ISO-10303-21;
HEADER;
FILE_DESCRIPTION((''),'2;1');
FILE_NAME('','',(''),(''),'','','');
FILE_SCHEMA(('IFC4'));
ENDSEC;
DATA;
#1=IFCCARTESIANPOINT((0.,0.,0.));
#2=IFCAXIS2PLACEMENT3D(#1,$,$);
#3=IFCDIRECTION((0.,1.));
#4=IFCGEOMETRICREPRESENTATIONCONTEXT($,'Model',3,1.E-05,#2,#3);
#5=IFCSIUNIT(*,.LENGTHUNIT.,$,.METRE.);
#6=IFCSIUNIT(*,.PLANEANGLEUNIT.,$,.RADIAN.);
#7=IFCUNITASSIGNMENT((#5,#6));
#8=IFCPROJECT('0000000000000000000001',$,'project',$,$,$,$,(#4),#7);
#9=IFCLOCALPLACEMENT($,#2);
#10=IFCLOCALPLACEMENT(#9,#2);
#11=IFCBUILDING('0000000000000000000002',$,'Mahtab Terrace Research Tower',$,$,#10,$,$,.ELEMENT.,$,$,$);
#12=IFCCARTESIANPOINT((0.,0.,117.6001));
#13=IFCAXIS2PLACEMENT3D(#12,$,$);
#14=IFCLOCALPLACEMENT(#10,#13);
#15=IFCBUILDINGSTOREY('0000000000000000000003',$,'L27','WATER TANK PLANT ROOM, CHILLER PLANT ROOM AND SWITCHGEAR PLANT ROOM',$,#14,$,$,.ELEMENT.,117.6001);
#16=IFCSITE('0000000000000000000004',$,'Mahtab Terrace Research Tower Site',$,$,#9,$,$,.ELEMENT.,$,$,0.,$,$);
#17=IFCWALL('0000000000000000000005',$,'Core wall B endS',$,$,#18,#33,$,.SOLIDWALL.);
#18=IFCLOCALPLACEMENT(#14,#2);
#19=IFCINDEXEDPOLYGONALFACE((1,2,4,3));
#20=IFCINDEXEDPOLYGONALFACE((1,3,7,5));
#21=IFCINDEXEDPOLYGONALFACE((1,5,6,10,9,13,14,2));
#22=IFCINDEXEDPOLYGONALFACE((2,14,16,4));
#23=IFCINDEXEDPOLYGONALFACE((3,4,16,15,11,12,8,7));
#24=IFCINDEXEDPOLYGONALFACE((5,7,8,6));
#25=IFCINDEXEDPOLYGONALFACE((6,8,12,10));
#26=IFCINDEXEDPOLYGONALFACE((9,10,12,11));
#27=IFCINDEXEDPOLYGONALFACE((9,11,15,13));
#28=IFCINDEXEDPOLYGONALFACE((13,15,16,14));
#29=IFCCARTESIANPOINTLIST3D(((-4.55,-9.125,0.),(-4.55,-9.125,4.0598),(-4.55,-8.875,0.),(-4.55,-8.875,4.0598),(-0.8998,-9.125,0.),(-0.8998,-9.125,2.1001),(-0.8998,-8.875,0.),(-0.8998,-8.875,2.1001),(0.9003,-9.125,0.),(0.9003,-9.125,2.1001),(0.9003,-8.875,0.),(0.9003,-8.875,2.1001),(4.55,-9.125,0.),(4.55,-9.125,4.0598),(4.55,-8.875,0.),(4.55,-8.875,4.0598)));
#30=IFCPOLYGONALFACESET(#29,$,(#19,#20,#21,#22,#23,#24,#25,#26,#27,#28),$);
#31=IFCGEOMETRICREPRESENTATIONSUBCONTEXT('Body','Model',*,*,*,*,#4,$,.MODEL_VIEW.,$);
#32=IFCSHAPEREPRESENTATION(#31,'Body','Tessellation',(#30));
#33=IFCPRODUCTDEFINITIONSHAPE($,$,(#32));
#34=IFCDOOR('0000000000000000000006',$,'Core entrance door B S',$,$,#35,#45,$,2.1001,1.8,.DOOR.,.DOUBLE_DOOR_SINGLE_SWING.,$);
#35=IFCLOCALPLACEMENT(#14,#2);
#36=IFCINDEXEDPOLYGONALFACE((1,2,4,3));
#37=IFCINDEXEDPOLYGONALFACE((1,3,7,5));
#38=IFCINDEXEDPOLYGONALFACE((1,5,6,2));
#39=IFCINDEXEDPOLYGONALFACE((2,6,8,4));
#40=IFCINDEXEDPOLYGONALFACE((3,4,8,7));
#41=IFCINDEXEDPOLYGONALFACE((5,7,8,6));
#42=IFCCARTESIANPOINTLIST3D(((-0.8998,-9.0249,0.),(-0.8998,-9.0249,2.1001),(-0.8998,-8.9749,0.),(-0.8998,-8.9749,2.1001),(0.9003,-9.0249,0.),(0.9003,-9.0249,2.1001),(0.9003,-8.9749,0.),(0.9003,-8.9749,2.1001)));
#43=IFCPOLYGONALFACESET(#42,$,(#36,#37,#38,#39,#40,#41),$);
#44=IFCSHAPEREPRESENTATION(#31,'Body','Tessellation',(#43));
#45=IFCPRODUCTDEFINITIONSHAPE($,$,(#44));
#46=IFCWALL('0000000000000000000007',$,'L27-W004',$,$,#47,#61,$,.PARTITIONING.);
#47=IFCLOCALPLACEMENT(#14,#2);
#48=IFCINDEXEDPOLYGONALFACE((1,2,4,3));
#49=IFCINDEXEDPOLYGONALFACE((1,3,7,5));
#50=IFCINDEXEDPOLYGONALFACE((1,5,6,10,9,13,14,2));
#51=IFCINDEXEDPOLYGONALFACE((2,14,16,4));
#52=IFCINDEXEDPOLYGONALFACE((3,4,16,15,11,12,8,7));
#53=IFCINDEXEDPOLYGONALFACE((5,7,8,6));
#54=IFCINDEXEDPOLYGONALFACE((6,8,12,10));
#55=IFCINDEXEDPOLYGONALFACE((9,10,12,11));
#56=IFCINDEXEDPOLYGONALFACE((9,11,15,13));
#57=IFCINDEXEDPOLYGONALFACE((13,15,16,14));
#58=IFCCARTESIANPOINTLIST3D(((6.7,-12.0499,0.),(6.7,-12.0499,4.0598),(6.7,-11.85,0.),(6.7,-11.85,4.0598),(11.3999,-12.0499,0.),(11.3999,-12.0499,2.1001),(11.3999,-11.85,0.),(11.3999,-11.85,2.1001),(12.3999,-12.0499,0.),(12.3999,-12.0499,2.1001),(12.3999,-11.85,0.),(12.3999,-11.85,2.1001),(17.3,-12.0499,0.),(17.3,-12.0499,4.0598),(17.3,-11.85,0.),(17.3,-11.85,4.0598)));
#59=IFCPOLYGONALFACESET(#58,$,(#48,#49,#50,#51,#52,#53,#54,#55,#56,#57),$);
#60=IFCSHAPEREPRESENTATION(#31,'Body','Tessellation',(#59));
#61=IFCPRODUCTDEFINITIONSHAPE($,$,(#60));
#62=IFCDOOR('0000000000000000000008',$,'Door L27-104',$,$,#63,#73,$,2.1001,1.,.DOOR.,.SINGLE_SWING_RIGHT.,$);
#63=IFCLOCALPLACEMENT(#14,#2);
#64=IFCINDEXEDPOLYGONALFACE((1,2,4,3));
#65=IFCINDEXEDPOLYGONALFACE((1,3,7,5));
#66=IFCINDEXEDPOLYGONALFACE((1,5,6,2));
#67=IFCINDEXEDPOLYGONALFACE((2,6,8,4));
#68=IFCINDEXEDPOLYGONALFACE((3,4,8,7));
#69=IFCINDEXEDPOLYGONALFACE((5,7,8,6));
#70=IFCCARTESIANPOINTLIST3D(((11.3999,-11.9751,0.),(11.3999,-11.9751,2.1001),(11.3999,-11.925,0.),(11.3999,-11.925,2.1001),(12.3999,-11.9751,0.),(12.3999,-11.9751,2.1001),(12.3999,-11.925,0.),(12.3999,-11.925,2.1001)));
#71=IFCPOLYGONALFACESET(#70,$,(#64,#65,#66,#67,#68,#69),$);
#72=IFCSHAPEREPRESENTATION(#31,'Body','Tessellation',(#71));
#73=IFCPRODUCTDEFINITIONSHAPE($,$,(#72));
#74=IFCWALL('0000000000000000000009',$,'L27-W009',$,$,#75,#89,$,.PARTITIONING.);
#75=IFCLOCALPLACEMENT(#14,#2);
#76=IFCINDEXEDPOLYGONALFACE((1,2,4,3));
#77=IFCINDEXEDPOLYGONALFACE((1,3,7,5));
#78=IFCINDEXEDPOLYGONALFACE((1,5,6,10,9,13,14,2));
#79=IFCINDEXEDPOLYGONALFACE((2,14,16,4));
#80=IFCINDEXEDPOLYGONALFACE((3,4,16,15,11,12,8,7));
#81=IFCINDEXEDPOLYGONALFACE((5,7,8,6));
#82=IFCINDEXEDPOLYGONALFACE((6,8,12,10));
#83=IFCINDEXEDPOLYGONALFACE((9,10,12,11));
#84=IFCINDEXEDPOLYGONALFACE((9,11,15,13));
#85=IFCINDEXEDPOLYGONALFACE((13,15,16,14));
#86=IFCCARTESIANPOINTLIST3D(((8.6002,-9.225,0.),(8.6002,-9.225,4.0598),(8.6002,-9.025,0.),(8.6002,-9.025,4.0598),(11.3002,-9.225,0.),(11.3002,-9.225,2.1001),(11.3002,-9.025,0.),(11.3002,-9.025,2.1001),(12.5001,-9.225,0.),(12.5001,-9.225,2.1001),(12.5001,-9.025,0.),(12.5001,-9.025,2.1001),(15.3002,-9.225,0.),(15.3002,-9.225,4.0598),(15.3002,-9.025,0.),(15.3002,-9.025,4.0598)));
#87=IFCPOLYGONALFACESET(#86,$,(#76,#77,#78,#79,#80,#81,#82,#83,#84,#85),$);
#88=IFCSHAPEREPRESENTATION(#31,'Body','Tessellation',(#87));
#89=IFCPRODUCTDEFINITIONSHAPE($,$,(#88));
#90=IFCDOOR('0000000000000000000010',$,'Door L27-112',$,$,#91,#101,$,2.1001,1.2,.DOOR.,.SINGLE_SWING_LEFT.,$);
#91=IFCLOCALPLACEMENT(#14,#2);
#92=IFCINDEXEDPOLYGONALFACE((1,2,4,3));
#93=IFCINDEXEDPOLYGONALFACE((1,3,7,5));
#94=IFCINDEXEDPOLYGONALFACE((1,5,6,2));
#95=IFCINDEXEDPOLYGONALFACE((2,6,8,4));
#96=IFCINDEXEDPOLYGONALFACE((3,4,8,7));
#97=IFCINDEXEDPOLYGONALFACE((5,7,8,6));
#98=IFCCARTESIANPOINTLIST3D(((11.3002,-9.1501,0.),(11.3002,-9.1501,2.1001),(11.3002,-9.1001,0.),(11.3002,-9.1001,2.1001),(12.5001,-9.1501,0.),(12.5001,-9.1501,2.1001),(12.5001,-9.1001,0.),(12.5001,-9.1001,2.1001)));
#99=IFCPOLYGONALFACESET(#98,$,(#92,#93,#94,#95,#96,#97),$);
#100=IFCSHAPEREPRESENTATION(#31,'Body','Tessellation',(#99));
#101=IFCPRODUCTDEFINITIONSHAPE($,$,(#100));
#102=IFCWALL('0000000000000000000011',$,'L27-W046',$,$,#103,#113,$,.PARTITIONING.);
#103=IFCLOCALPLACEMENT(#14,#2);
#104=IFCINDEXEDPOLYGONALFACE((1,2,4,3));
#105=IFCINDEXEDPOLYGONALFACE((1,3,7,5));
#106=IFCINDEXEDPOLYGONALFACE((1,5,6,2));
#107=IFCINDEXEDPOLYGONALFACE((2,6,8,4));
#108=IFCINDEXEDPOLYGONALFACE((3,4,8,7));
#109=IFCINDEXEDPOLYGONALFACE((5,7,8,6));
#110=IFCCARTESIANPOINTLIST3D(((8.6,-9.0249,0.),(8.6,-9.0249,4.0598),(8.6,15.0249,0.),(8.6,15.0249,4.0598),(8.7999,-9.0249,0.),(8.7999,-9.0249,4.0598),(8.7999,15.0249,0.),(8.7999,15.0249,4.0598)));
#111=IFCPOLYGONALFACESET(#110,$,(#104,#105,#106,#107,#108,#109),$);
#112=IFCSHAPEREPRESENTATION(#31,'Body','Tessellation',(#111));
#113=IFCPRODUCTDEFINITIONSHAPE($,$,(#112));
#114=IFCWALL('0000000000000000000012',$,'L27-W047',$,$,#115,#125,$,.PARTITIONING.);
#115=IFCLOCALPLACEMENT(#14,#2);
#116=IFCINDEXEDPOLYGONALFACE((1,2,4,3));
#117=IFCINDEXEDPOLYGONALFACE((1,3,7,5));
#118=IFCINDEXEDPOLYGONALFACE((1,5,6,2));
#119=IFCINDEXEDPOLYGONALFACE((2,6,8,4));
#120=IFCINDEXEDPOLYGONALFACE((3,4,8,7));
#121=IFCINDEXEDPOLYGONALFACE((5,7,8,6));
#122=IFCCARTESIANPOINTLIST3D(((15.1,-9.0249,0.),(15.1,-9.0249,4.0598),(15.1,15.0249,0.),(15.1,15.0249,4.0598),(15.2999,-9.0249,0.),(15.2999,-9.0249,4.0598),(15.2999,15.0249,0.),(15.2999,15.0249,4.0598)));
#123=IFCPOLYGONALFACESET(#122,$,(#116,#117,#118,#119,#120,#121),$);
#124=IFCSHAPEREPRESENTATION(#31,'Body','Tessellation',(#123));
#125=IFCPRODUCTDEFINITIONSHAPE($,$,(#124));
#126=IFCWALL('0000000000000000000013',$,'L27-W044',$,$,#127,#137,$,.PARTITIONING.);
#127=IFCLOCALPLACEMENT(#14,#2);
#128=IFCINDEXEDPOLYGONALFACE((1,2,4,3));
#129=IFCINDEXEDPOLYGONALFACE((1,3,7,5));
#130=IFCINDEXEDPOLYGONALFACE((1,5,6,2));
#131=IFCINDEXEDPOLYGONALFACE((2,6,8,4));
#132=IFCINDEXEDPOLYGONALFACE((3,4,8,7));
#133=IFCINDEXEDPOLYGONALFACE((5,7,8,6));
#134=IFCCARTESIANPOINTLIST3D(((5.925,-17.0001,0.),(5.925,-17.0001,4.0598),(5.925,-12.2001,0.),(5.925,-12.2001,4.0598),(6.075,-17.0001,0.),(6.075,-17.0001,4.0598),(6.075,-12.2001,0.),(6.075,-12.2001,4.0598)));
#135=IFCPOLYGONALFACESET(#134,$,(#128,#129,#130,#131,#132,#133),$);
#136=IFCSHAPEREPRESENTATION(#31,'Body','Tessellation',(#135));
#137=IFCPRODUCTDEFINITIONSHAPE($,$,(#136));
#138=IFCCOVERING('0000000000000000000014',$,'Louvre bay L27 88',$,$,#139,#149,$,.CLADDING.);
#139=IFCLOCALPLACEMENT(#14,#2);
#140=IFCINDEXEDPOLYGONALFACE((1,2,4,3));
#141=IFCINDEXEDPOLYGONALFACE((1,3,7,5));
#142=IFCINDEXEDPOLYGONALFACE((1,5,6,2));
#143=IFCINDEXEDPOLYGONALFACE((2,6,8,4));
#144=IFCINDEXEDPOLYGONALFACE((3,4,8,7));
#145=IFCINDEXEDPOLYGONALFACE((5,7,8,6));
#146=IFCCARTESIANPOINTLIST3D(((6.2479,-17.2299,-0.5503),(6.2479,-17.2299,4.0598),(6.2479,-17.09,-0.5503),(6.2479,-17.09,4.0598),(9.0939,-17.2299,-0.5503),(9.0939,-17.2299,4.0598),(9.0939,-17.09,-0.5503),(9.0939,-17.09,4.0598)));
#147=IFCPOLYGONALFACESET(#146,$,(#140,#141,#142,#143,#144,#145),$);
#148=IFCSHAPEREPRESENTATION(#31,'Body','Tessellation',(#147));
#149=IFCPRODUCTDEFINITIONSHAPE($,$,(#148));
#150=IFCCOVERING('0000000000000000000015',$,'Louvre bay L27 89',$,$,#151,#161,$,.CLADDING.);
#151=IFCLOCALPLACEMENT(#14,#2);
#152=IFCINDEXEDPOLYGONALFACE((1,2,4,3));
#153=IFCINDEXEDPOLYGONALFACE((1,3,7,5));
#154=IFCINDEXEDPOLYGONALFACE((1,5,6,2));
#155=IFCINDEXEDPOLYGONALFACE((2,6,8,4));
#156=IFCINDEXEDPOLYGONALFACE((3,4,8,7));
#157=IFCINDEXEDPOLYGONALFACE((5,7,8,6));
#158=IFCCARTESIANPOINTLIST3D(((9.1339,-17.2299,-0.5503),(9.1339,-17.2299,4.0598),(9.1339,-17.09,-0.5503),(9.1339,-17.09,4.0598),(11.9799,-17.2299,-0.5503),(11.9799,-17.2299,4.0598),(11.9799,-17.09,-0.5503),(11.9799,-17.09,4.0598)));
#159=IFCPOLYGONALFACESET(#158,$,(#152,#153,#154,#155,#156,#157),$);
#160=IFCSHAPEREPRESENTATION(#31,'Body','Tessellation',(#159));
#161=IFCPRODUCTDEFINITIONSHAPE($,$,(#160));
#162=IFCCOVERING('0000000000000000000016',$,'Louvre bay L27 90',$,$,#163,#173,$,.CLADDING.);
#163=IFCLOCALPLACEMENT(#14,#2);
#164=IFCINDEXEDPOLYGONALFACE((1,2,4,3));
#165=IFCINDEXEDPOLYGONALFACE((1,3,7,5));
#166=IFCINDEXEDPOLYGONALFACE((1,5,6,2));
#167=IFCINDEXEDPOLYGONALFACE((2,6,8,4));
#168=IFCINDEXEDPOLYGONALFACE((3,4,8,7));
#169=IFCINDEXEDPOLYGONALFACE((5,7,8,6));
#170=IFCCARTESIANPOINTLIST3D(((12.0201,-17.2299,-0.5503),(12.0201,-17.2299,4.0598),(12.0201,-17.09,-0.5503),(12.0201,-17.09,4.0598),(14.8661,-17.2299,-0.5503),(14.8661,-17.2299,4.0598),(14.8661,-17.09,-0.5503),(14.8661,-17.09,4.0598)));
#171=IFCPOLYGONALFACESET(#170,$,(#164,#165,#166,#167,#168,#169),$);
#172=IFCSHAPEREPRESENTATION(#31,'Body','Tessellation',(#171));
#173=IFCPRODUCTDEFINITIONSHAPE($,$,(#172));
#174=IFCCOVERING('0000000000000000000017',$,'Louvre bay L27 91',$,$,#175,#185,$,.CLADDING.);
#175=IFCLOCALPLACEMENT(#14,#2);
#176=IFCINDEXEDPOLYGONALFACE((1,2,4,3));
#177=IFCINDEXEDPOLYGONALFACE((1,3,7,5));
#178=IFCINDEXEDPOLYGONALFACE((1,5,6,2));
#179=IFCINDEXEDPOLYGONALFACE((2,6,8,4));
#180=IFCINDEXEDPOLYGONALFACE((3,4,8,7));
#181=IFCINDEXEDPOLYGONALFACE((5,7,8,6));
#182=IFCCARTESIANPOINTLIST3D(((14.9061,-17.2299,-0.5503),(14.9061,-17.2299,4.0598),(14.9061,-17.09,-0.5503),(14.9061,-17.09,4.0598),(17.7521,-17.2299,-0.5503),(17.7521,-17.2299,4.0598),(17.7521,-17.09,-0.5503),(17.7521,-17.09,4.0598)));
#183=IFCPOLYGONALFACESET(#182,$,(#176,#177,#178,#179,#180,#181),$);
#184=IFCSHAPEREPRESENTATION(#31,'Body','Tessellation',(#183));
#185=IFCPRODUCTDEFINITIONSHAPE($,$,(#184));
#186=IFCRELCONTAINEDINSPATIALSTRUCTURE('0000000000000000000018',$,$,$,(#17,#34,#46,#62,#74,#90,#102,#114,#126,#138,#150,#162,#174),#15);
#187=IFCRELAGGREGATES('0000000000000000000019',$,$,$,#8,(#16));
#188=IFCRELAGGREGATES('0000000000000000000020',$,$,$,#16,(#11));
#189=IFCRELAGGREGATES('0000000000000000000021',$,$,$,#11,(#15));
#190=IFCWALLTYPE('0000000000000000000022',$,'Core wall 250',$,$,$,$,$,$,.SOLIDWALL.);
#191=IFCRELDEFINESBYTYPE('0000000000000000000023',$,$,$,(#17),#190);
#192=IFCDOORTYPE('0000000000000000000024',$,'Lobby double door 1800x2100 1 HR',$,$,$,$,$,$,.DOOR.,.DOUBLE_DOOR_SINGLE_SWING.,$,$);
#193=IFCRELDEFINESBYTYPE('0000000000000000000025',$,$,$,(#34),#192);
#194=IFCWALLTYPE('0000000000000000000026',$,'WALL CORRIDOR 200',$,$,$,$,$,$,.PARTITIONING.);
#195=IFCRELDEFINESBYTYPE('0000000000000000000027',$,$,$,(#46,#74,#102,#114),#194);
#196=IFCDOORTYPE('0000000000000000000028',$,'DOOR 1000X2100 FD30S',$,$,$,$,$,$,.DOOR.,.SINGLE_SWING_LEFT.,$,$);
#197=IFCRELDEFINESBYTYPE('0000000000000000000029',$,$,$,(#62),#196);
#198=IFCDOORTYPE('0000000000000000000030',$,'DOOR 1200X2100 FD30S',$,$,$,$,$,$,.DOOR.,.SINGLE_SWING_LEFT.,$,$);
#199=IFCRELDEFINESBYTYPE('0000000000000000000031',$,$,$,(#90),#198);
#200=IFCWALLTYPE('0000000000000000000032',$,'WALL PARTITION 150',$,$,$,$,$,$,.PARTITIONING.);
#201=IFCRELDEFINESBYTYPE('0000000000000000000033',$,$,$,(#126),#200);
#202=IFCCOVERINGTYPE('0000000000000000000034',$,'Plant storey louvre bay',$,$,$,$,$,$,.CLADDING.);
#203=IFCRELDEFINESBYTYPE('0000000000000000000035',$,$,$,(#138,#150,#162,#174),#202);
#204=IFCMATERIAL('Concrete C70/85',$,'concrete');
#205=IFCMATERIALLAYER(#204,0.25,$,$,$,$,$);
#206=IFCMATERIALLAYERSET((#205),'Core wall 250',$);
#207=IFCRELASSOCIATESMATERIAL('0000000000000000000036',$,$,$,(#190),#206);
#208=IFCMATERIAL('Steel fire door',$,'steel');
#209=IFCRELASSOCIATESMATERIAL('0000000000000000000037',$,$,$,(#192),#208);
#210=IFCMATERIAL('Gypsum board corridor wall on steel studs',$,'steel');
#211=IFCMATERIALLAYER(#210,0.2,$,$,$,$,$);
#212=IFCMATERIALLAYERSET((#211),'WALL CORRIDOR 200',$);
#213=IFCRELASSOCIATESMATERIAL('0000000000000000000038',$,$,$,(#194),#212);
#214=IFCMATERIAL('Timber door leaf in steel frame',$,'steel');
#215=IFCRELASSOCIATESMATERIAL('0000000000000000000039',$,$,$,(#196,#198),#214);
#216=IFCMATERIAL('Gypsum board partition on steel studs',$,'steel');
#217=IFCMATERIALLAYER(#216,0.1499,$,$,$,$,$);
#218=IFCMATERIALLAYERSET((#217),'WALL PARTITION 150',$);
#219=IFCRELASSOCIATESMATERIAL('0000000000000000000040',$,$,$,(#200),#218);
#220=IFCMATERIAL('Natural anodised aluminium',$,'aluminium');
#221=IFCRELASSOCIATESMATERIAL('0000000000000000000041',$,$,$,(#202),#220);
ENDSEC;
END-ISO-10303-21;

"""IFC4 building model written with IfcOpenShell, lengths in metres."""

from ifc_helpers import new_model, si_unit, direction, frame, frame_2d, origin, origin_2d, place, context, subcontext, project, spatial, rectangle, extrude, material, layer, layer_set, type_object, element, fill, save


model = new_model("IFC4")

# Units and contexts
model_context = context("Model", 3, precision=1e-05, world=origin(), true_north=direction((0.0, 1.0)))
body_context = subcontext(model_context, "Body", "Model", "MODEL_VIEW")
ifc_project = project(units=[si_unit("LENGTHUNIT", "METRE"), si_unit("PLANEANGLEUNIT", "RADIAN")], contexts=[model_context])

# Site, building, storey
site_placement = place(None, origin())
site = spatial("IfcSite", under=ifc_project, at=site_placement, Name="Mahtab Terrace Research Tower Site", CompositionType="ELEMENT", RefElevation=0.0)
building_placement = place(site_placement, origin())
building = spatial("IfcBuilding", under=site, at=building_placement, Name="Mahtab Terrace Research Tower", CompositionType="ELEMENT")
storey_placement = place(building_placement, frame((0.0, 0.0, 117.6001)))
storey = spatial("IfcBuildingStorey", under=building, at=storey_placement, Name="L27", Description="WATER TANK PLANT ROOM, CHILLER PLANT ROOM AND SWITCHGEAR PLANT ROOM", CompositionType="ELEMENT", Elevation=117.6001)

# Shared definitions
ifc_material_1 = material(Name="Concrete C70/85", Category="concrete")

# Shared definitions
ifc_layer_1 = layer(ifc_material_1, 0.25)
ifc_layer_set_1 = layer_set([ifc_layer_1], Name="Core wall 250")
wall_type_1 = type_object("IfcWallType", Name="Core wall 250", PredefinedType="SOLIDWALL", material=ifc_layer_set_1)

# Walls, openings, doors
wall_1_placement = place(storey_placement, frame((4.55, -9.0, 0.0), z_axis=(0.0, 0.0, 1.0), x_axis=(-1.0, 0.0, 0.0)))
wall_1 = element("IfcWall", 1, at=wall_1_placement, inside=storey, type_object=wall_type_1, Name="Core wall B endS", PredefinedType="SOLIDWALL", context=body_context, shape_type="SweptSolid", body=[
    extrude(rectangle(XDim=9.1001, YDim=0.25, at=frame_2d((4.55, 0.0))), origin(), (0.0, 0.0, 1.0), 4.0598),
])
opening_1_placement = place(wall_1_placement, frame((3.6499, 0.0, 0.0)))
opening_1 = element("IfcOpeningElement", 2, at=opening_1_placement, cuts=wall_1, PredefinedType="OPENING", context=body_context, shape_type="SweptSolid", body=[
    extrude(rectangle(XDim=1.8, YDim=2.1001, at=frame_2d((0.8999, 1.05))), frame((0.0, 0.135, 0.0), z_axis=(0.0, -1.0, 0.0), x_axis=(1.0, 0.0, 0.0)), (0.0, 0.0, 1.0), 0.27),
])
ifc_material_2 = material(Name="Steel fire door", Category="steel")
door_type_1 = type_object("IfcDoorType", Name="Lobby double door 1800x2100 1 HR", OperationType="DOUBLE_DOOR_SINGLE_SWING", PredefinedType="DOOR", material=ifc_material_2)
door_1_placement = place(opening_1_placement, origin())
door_1 = element("IfcDoor", 3, at=door_1_placement, inside=storey, type_object=door_type_1, Name="Core entrance door B S", OperationType="DOUBLE_DOOR_SINGLE_SWING", OverallHeight=2.1001, OverallWidth=1.8, PredefinedType="DOOR", context=body_context, shape_type="SweptSolid", body=[
    extrude(rectangle(XDim=1.8, YDim=2.1001, at=frame_2d((0.8999, 1.05))), frame((0.0, 0.0249, 0.0), z_axis=(0.0, -1.0, 0.0), x_axis=(1.0, 0.0, 0.0)), (0.0, 0.0, 1.0), 0.05),
])
fill(opening_1, door_1)
ifc_material_3 = material(Name="Gypsum board corridor wall on steel studs", Category="steel")
ifc_layer_2 = layer(ifc_material_3, 0.2)
ifc_layer_set_2 = layer_set([ifc_layer_2], Name="WALL CORRIDOR 200")
wall_type_2 = type_object("IfcWallType", Name="WALL CORRIDOR 200", PredefinedType="PARTITIONING", material=ifc_layer_set_2)
wall_2_placement = place(storey_placement, frame((6.7, -11.95, 0.0), z_axis=(0.0, 0.0, 1.0), x_axis=(1.0, 0.0, 0.0)))
wall_2 = element("IfcWall", 4, at=wall_2_placement, inside=storey, type_object=wall_type_2, Name="L27-W004", PredefinedType="PARTITIONING", context=body_context, shape_type="SweptSolid", body=[
    extrude(rectangle(XDim=10.6001, YDim=0.2, at=frame_2d((5.3, 0.0))), origin(), (0.0, 0.0, 1.0), 4.0598),
])
opening_2_placement = place(wall_2_placement, frame((4.7, 0.0, 0.0)))
opening_2 = element("IfcOpeningElement", 5, at=opening_2_placement, cuts=wall_2, PredefinedType="OPENING", context=body_context, shape_type="SweptSolid", body=[
    extrude(rectangle(XDim=1.0, YDim=2.1001, at=frame_2d((0.5, 1.05))), frame((0.0, 0.1099, 0.0), z_axis=(0.0, -1.0, 0.0), x_axis=(1.0, 0.0, 0.0)), (0.0, 0.0, 1.0), 0.22),
])
ifc_material_4 = material(Name="Timber door leaf in steel frame", Category="steel")
door_type_2 = type_object("IfcDoorType", Name="DOOR 1000X2100 FD30S", OperationType="SINGLE_SWING_LEFT", PredefinedType="DOOR", material=ifc_material_4)
door_2_placement = place(opening_2_placement, origin())
door_2 = element("IfcDoor", 6, at=door_2_placement, inside=storey, type_object=door_type_2, Name="Door L27-104", OperationType="SINGLE_SWING_RIGHT", OverallHeight=2.1001, OverallWidth=1.0, PredefinedType="DOOR", context=body_context, shape_type="SweptSolid", body=[
    extrude(rectangle(XDim=1.0, YDim=2.1001, at=frame_2d((0.5, 1.05))), frame((0.0, 0.0249, 0.0), z_axis=(0.0, -1.0, 0.0), x_axis=(1.0, 0.0, 0.0)), (0.0, 0.0, 1.0), 0.05),
])
fill(opening_2, door_2)
wall_3_placement = place(storey_placement, frame((8.6001, -9.125, 0.0), z_axis=(0.0, 0.0, 1.0), x_axis=(1.0, 0.0, 0.0)))
wall_3 = element("IfcWall", 7, at=wall_3_placement, inside=storey, type_object=wall_type_2, Name="L27-W009", PredefinedType="PARTITIONING", context=body_context, shape_type="SweptSolid", body=[
    extrude(rectangle(XDim=6.7, YDim=0.2, at=frame_2d((3.3501, 0.0))), origin(), (0.0, 0.0, 1.0), 4.0598),
])
opening_3_placement = place(wall_3_placement, frame((2.7, 0.0, 0.0)))
opening_3 = element("IfcOpeningElement", 8, at=opening_3_placement, cuts=wall_3, PredefinedType="OPENING", context=body_context, shape_type="SweptSolid", body=[
    extrude(rectangle(XDim=1.2, YDim=2.1001, at=frame_2d((0.6001, 1.05))), frame((0.0, 0.1099, 0.0), z_axis=(0.0, -1.0, 0.0), x_axis=(1.0, 0.0, 0.0)), (0.0, 0.0, 1.0), 0.22),
])
door_type_3 = type_object("IfcDoorType", Name="DOOR 1200X2100 FD30S", OperationType="SINGLE_SWING_LEFT", PredefinedType="DOOR", material=ifc_material_4)
door_3_placement = place(opening_3_placement, origin())
door_3 = element("IfcDoor", 9, at=door_3_placement, inside=storey, type_object=door_type_3, Name="Door L27-112", OperationType="SINGLE_SWING_LEFT", OverallHeight=2.1001, OverallWidth=1.2, PredefinedType="DOOR", context=body_context, shape_type="SweptSolid", body=[
    extrude(rectangle(XDim=1.2, YDim=2.1001, at=frame_2d((0.6001, 1.05))), frame((0.0, 0.0249, 0.0), z_axis=(0.0, -1.0, 0.0), x_axis=(1.0, 0.0, 0.0)), (0.0, 0.0, 1.0), 0.05),
])
fill(opening_3, door_3)

# Walls
for number, where, z_axis, x_axis, name in (
    (10, (8.7, -9.0249, 0.0), (0.0, 0.0, 1.0), (0.0, 1.0, 0.0), "L27-W046"),
    (11, (15.2, -9.0249, 0.0), (0.0, 0.0, 1.0), (0.0, 1.0, 0.0), "L27-W047"),
):
    element("IfcWall", number, at=place(storey_placement, frame(where, z_axis=z_axis, x_axis=x_axis)), inside=storey, type_object=wall_type_2, Name=name, PredefinedType="PARTITIONING", context=body_context, shape_type="SweptSolid", body=[
        extrude(rectangle(XDim=24.0498, YDim=0.2, at=frame_2d((12.0249, 0.0))), origin(), (0.0, 0.0, 1.0), 4.0598),
    ])
ifc_material_5 = material(Name="Gypsum board partition on steel studs", Category="steel")
ifc_layer_3 = layer(ifc_material_5, 0.1499)
ifc_layer_set_3 = layer_set([ifc_layer_3], Name="WALL PARTITION 150")
wall_type_3 = type_object("IfcWallType", Name="WALL PARTITION 150", PredefinedType="PARTITIONING", material=ifc_layer_set_3)
wall_4_placement = place(storey_placement, frame((6.0, -17.0, 0.0), z_axis=(0.0, 0.0, 1.0), x_axis=(0.0, 1.0, 0.0)))
element("IfcWall", 12, at=wall_4_placement, inside=storey, type_object=wall_type_3, Name="L27-W044", PredefinedType="PARTITIONING", context=body_context, shape_type="SweptSolid", body=[
    extrude(rectangle(XDim=4.8, YDim=0.1499, at=frame_2d((2.3999, 0.0))), origin(), (0.0, 0.0, 1.0), 4.0598),
])

# Coverings
ifc_material_6 = material(Name="Natural anodised aluminium", Category="aluminium")
covering_type = type_object("IfcCoveringType", Name="Plant storey louvre bay", PredefinedType="CLADDING", material=ifc_material_6)
for number, where, z_axis, x_axis, name in (
    (13, (7.6709, -17.1599, -0.5503), (0.0, 0.0, 1.0), (1.0, 0.0, 0.0), "Louvre bay L27 88"),
    (14, (10.5569, -17.1599, -0.5503), (0.0, 0.0, 1.0), (1.0, 0.0, 0.0), "Louvre bay L27 89"),
    (15, (13.4431, -17.1599, -0.5503), (0.0, 0.0, 1.0), (1.0, 0.0, 0.0), "Louvre bay L27 90"),
    (16, (16.3291, -17.1599, -0.5503), (0.0, 0.0, 1.0), (1.0, 0.0, 0.0), "Louvre bay L27 91"),
):
    element("IfcCovering", number, at=place(storey_placement, frame(where, z_axis=z_axis, x_axis=x_axis)), inside=storey, type_object=covering_type, Name=name, PredefinedType="CLADDING", context=body_context, shape_type="SweptSolid", body=[
        extrude(rectangle(XDim=2.8459, YDim=0.1399, at=origin_2d()), origin(), (0.0, 0.0, 1.0), 4.6101),
    ])

save(model, "model.ifc")
